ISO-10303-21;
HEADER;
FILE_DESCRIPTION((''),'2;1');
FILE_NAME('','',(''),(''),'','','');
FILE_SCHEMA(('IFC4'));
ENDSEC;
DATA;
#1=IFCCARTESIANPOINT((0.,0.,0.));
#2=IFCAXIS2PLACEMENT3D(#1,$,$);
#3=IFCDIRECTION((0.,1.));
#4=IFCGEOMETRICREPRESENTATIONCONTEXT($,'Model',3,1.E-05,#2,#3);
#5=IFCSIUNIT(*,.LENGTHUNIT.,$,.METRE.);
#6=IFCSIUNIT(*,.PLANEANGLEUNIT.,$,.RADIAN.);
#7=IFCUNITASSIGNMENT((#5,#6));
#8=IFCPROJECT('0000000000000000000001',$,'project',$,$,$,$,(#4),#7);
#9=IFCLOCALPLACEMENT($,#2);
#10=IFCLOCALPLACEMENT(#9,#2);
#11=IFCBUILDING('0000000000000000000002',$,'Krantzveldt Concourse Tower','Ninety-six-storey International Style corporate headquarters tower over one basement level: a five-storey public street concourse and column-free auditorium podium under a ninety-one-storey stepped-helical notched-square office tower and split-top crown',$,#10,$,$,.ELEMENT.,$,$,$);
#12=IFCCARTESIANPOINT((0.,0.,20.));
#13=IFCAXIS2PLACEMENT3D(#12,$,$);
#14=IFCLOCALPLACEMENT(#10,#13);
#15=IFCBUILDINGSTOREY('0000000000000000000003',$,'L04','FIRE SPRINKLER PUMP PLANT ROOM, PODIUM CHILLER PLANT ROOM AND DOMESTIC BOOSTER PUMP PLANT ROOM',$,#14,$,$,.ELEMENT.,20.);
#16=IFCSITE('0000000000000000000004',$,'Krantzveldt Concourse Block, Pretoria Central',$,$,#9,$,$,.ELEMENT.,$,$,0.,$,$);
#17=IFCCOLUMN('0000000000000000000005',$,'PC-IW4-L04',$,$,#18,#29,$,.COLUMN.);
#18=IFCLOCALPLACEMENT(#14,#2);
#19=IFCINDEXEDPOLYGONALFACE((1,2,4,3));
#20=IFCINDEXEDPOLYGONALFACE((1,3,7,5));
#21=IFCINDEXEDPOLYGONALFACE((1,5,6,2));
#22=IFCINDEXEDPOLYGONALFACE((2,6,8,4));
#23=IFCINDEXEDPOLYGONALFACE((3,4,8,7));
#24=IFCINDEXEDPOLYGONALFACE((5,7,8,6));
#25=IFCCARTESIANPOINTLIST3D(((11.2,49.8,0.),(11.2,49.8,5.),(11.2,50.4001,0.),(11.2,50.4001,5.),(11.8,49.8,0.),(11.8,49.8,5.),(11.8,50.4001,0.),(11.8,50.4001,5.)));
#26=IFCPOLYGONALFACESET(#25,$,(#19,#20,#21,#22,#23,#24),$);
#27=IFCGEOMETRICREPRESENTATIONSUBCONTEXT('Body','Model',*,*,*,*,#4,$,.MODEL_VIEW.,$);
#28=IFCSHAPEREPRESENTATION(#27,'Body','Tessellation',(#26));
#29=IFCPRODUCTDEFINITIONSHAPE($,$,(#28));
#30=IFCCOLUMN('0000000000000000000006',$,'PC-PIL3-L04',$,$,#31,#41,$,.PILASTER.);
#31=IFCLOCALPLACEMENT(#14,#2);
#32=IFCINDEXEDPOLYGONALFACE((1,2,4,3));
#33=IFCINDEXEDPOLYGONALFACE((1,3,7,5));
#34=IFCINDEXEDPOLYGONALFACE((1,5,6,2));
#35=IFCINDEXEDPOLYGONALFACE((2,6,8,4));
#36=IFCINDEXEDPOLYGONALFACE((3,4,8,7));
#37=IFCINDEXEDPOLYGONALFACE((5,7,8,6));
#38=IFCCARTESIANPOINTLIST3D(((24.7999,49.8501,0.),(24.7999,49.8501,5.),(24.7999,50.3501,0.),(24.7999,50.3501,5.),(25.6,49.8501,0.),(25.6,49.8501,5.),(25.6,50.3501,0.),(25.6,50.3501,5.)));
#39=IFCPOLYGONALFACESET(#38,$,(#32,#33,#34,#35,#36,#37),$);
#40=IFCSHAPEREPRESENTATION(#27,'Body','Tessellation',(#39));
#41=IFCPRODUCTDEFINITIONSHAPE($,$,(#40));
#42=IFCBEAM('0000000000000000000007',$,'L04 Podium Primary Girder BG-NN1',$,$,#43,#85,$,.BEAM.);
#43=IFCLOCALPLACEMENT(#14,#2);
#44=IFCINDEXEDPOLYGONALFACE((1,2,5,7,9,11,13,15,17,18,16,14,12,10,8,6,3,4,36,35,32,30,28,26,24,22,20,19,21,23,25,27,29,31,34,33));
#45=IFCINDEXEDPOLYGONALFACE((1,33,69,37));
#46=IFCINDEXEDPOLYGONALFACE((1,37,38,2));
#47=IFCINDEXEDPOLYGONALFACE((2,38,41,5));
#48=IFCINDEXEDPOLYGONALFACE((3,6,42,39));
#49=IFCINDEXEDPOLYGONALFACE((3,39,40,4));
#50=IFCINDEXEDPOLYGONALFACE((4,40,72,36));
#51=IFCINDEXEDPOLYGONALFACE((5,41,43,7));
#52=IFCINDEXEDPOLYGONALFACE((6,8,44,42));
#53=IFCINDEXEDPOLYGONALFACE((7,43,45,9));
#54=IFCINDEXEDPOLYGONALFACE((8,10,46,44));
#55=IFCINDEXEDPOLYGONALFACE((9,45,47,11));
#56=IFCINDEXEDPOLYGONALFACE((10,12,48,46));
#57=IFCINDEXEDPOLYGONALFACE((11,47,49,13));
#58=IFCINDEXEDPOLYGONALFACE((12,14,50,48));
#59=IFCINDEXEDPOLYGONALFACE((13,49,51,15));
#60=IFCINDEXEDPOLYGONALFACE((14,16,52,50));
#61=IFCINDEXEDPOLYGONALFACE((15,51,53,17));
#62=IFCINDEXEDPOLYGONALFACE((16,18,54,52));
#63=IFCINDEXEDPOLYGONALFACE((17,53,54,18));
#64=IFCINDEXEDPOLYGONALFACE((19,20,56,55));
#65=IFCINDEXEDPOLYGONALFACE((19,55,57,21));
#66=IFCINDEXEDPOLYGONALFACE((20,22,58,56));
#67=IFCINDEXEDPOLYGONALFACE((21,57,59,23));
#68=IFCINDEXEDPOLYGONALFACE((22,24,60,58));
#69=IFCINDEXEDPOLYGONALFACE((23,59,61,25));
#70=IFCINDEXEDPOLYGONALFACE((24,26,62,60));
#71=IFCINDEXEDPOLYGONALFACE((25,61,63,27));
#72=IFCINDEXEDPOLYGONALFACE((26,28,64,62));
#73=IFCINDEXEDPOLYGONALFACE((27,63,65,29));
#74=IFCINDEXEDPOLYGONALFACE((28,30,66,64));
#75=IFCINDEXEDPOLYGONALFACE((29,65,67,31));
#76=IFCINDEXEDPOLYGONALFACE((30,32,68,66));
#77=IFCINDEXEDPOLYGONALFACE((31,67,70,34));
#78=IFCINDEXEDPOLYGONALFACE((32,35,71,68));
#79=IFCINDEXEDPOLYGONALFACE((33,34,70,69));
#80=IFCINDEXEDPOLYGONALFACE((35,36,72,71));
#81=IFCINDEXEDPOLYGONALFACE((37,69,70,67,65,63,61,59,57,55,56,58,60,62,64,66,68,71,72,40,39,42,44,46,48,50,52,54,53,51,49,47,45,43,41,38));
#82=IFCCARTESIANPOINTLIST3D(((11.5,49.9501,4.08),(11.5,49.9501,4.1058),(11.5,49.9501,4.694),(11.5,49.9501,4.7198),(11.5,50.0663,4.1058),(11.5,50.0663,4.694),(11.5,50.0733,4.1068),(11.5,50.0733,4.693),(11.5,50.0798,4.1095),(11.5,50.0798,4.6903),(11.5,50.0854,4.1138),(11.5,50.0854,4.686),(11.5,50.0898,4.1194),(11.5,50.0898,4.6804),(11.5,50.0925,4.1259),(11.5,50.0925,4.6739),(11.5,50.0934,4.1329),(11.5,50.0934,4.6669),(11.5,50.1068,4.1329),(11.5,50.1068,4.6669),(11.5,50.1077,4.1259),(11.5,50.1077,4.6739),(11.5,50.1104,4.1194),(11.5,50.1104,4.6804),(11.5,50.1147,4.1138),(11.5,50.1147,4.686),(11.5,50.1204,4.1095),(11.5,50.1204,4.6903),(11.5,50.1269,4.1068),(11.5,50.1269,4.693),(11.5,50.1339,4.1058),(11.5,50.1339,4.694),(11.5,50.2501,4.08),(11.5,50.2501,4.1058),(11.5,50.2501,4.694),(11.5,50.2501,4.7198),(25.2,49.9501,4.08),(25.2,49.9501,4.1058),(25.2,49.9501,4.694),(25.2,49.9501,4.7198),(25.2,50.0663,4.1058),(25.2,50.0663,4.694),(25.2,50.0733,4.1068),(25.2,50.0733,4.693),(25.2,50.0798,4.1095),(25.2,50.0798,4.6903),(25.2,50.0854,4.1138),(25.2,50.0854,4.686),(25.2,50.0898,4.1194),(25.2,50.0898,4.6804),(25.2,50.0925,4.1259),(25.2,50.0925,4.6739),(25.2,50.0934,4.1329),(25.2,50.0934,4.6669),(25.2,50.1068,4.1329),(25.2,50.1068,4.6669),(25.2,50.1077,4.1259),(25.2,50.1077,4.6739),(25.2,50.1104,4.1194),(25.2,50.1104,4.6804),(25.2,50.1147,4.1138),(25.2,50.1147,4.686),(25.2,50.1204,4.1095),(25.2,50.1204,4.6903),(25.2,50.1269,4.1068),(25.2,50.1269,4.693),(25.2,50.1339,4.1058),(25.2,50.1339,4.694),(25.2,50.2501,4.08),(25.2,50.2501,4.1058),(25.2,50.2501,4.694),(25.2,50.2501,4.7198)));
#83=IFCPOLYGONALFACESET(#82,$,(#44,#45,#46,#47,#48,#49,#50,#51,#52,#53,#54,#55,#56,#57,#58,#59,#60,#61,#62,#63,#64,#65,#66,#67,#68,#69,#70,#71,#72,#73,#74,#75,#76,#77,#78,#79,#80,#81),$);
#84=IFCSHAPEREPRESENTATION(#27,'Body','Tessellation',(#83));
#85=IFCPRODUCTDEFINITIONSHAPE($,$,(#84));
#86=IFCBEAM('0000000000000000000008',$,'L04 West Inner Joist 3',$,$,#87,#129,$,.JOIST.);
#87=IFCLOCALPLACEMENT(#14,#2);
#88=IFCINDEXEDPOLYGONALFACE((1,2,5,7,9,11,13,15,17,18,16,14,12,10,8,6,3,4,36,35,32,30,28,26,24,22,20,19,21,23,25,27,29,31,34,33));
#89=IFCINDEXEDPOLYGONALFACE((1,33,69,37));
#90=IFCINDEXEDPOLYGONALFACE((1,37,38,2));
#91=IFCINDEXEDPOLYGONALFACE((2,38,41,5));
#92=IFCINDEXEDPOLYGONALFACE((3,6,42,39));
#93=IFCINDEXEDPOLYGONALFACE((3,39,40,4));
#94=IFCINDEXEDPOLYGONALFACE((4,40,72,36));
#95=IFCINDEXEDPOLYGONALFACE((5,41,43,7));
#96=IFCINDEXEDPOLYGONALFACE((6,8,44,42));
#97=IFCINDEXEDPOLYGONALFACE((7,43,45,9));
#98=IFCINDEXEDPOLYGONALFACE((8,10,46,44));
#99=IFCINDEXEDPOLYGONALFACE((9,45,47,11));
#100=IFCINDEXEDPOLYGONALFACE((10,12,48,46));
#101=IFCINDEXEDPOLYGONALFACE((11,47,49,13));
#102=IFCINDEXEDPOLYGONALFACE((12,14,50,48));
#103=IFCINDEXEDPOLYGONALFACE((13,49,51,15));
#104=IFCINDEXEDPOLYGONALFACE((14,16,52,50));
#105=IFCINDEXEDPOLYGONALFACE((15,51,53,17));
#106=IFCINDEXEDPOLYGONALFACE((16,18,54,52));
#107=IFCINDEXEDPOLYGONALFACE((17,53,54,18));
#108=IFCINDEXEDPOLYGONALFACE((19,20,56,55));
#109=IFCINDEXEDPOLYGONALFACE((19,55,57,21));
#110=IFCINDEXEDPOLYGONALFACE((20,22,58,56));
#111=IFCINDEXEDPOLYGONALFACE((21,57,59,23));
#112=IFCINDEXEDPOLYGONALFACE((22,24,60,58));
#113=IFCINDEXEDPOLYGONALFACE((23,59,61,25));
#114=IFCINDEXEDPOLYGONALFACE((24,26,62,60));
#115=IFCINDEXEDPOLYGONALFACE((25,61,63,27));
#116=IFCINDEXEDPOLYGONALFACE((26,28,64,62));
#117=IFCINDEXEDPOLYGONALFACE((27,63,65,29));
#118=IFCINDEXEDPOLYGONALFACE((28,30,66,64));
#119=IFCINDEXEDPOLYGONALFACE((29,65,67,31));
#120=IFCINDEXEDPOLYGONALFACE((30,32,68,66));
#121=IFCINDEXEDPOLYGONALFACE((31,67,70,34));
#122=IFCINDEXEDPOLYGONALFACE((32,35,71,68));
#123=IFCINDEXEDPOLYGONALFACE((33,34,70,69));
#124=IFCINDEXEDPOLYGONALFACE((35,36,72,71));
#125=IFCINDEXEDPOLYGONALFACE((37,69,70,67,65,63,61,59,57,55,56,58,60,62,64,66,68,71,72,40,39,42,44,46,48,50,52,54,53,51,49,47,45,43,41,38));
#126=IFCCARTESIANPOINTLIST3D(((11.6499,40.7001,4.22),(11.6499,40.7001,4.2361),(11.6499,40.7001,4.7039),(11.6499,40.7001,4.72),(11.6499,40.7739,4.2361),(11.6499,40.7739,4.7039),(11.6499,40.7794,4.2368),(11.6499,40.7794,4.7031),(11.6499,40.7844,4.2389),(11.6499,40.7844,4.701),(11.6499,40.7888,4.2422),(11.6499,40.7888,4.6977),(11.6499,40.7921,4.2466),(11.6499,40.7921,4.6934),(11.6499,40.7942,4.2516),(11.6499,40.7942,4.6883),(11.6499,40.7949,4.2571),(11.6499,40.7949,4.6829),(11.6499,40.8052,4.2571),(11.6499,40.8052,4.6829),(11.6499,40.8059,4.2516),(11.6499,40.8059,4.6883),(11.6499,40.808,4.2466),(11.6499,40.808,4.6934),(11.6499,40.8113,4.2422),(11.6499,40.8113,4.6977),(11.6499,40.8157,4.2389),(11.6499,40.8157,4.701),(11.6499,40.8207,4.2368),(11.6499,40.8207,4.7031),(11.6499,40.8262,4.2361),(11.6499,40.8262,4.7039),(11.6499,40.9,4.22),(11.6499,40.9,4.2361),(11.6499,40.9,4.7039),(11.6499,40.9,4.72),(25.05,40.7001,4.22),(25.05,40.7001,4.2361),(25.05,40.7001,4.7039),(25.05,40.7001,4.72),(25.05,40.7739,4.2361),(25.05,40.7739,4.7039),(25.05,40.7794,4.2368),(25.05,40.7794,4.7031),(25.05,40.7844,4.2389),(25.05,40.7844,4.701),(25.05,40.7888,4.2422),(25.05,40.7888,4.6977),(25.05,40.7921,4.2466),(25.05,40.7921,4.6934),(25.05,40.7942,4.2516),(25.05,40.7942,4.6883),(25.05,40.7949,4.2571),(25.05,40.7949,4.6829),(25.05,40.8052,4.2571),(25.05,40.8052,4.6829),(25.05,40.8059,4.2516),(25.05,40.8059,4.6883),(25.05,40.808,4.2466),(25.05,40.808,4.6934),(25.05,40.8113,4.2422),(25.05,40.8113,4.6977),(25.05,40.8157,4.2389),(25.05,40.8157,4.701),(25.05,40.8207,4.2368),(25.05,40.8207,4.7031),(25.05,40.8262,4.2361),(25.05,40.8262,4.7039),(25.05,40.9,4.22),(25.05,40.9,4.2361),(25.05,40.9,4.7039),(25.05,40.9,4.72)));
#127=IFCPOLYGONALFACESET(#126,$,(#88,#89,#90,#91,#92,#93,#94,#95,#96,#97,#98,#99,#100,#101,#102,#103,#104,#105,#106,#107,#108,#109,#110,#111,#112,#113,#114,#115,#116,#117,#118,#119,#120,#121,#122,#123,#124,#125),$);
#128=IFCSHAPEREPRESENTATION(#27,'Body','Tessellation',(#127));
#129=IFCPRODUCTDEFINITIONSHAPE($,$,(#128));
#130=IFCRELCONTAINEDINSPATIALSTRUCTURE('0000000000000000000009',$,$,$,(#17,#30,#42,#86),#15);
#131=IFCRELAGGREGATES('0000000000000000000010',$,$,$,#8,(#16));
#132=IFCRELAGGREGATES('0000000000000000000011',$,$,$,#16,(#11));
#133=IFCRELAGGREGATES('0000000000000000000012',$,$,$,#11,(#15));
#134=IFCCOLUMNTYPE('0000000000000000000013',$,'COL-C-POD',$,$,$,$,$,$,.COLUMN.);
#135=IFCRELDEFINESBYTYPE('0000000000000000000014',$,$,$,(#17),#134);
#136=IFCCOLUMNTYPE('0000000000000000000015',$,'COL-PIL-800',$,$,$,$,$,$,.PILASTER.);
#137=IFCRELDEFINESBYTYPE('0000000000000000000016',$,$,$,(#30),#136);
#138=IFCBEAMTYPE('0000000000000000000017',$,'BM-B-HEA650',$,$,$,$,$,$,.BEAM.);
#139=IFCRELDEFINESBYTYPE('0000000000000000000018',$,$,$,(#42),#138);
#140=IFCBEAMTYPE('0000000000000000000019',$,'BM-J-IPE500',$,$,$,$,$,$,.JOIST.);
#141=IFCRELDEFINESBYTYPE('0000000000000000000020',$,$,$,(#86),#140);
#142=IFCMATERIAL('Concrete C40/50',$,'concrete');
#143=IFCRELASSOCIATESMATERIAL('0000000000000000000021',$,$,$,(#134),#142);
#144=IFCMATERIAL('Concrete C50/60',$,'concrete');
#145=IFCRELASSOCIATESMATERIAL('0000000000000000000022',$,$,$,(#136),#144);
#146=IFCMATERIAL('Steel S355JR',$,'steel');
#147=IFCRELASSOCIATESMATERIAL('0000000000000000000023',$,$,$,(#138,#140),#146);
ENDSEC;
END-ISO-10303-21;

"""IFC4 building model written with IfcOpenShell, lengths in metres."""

from ifc_helpers import new_model, si_unit, direction, frame, origin, origin_2d, place, context, subcontext, project, spatial, rectangle, i_section, extrude, source, transform, mapped, material, material_profile, profile_set, type_object, type_shapes, element, save


model = new_model("IFC4")

# Units and contexts
model_context = context("Model", 3, precision=1e-05, world=origin(), true_north=direction((0.0, 1.0)))
body_context = subcontext(model_context, "Body", "Model", "MODEL_VIEW")
ifc_project = project(units=[si_unit("LENGTHUNIT", "METRE"), si_unit("PLANEANGLEUNIT", "RADIAN")], contexts=[model_context])

# Site, building, storey
site_placement = place(None, origin())
site = spatial("IfcSite", under=ifc_project, at=site_placement, Name="Krantzveldt Concourse Block, Pretoria Central", CompositionType="ELEMENT", RefElevation=0.0)
building_placement = place(site_placement, origin())
building = spatial("IfcBuilding", under=site, at=building_placement, Name="Krantzveldt Concourse Tower", Description="Ninety-six-storey International Style corporate headquarters tower over one basement level: a five-storey public street concourse and column-free auditorium podium under a ninety-one-storey stepped-helical notched-square office tower and split-top crown", CompositionType="ELEMENT")
storey_placement = place(building_placement, frame((0.0, 0.0, 20.0)))
storey = spatial("IfcBuildingStorey", under=building, at=storey_placement, Name="L04", Description="FIRE SPRINKLER PUMP PLANT ROOM, PODIUM CHILLER PLANT ROOM AND DOMESTIC BOOSTER PUMP PLANT ROOM", CompositionType="ELEMENT", Elevation=20.0)

# Columns
ifc_material_1 = material(Name="Concrete C40/50", Category="concrete")
ifc_material_profile_1 = material_profile(ifc_material_1, rectangle(XDim=0.6001, YDim=0.6001, at=origin_2d()), Name="Concrete C40/50", Category="concrete")
ifc_profile_set_1 = profile_set([ifc_material_profile_1], Name="Concrete C40/50 - RC 600x600")
column_type_1 = type_object("IfcColumnType", Name="COL-C-POD", PredefinedType="COLUMN", material=ifc_profile_set_1)
shared_shape_1 = source(origin(), body_context, "Body", "SweptSolid", [
    extrude(rectangle(XDim=0.6001, YDim=0.6001, at=origin_2d()), origin(), (0.0, 0.0, 1.0), 5.0),
])
type_shapes(column_type_1, [shared_shape_1])
column_1_placement = place(storey_placement, frame((11.5, 50.1001, 0.0), z_axis=(0.0, 0.0, 1.0), x_axis=(1.0, 0.0, 0.0)))
element("IfcColumn", 1, at=column_1_placement, inside=storey, type_object=column_type_1, Name="PC-IW4-L04", PredefinedType="COLUMN", context=body_context, shape_type="MappedRepresentation", body=[
    mapped(shared_shape_1, transform((0.0, 0.0, 0.0), x_axis=(1.0, 0.0, 0.0), y_axis=(0.0, 1.0, 0.0), z_axis=(0.0, 0.0, 1.0), scale=1.0)),
])
ifc_material_2 = material(Name="Concrete C50/60", Category="concrete")
ifc_material_profile_2 = material_profile(ifc_material_2, rectangle(XDim=0.8, YDim=0.5, at=origin_2d()), Name="Concrete C50/60", Category="concrete")
ifc_profile_set_2 = profile_set([ifc_material_profile_2], Name="Concrete C50/60 - RC-PIL 800x500")
column_type_2 = type_object("IfcColumnType", Name="COL-PIL-800", PredefinedType="PILASTER", material=ifc_profile_set_2)
shared_shape_2 = source(origin(), body_context, "Body", "SweptSolid", [
    extrude(rectangle(XDim=0.8, YDim=0.5, at=origin_2d()), origin(), (0.0, 0.0, 1.0), 5.0),
])
type_shapes(column_type_2, [shared_shape_2])
column_2_placement = place(storey_placement, frame((25.2, 50.1001, 0.0), z_axis=(0.0, 0.0, 1.0), x_axis=(1.0, 0.0, 0.0)))
element("IfcColumn", 2, at=column_2_placement, inside=storey, type_object=column_type_2, Name="PC-PIL3-L04", PredefinedType="PILASTER", context=body_context, shape_type="MappedRepresentation", body=[
    mapped(shared_shape_2, transform((0.0, 0.0, 0.0), x_axis=(1.0, 0.0, 0.0), y_axis=(0.0, 1.0, 0.0), z_axis=(0.0, 0.0, 1.0), scale=1.0)),
])

# Beams
ifc_material_3 = material(Name="Steel S355JR", Category="steel")
ifc_material_profile_3 = material_profile(ifc_material_3, i_section(OverallWidth=0.3, OverallDepth=0.6399, WebThickness=0.0134, FlangeThickness=0.0259, FilletRadius=0.0271, at=origin_2d()), Name="Steel S355JR", Category="steel")
ifc_profile_set_3 = profile_set([ifc_material_profile_3], Name="Steel S355JR - HEA 650")
beam_type_1 = type_object("IfcBeamType", Name="BM-B-HEA650", PredefinedType="BEAM", material=ifc_profile_set_3)
shared_shape_3 = source(origin(), body_context, "Body", "SweptSolid", [
    extrude(i_section(OverallWidth=0.3, OverallDepth=0.6399, WebThickness=0.0134, FlangeThickness=0.0259, FilletRadius=0.0271, at=origin_2d()), origin(), (0.0, 0.0, 1.0), 13.7),
])
type_shapes(beam_type_1, [shared_shape_3])
beam_1_placement = place(storey_placement, frame((11.5, 50.1001, 4.3999), z_axis=(1.0, 0.0, 0.0), x_axis=(0.0, 1.0, 0.0)))
element("IfcBeam", 3, at=beam_1_placement, inside=storey, type_object=beam_type_1, Name="L04 Podium Primary Girder BG-NN1", PredefinedType="BEAM", context=body_context, shape_type="MappedRepresentation", body=[
    mapped(shared_shape_3, transform((0.0, 0.0, 0.0), x_axis=(1.0, 0.0, 0.0), y_axis=(0.0, 1.0, 0.0), z_axis=(0.0, 0.0, 1.0), scale=1.0)),
])
ifc_material_profile_4 = material_profile(ifc_material_3, i_section(OverallWidth=0.2, OverallDepth=0.5, WebThickness=0.0103, FlangeThickness=0.0161, FilletRadius=0.021, at=origin_2d()), Name="Steel S355JR", Category="steel")
ifc_profile_set_4 = profile_set([ifc_material_profile_4], Name="Steel S355JR - IPE 500")
beam_type_2 = type_object("IfcBeamType", Name="BM-J-IPE500", PredefinedType="JOIST", material=ifc_profile_set_4)
shared_shape_4 = source(origin(), body_context, "Body", "SweptSolid", [
    extrude(i_section(OverallWidth=0.2, OverallDepth=0.5, WebThickness=0.0103, FlangeThickness=0.0161, FilletRadius=0.021, at=origin_2d()), origin(), (0.0, 0.0, 1.0), 13.4001),
])
type_shapes(beam_type_2, [shared_shape_4])
beam_2_placement = place(storey_placement, frame((11.6499, 40.8, 4.47), z_axis=(1.0, 0.0, 0.0), x_axis=(0.0, 1.0, 0.0)))
element("IfcBeam", 4, at=beam_2_placement, inside=storey, type_object=beam_type_2, Name="L04 West Inner Joist 3", PredefinedType="JOIST", context=body_context, shape_type="MappedRepresentation", body=[
    mapped(shared_shape_4, transform((0.0, 0.0, 0.0), x_axis=(1.0, 0.0, 0.0), y_axis=(0.0, 1.0, 0.0), z_axis=(0.0, 0.0, 1.0), scale=1.0)),
])

save(model, "model.ifc")
